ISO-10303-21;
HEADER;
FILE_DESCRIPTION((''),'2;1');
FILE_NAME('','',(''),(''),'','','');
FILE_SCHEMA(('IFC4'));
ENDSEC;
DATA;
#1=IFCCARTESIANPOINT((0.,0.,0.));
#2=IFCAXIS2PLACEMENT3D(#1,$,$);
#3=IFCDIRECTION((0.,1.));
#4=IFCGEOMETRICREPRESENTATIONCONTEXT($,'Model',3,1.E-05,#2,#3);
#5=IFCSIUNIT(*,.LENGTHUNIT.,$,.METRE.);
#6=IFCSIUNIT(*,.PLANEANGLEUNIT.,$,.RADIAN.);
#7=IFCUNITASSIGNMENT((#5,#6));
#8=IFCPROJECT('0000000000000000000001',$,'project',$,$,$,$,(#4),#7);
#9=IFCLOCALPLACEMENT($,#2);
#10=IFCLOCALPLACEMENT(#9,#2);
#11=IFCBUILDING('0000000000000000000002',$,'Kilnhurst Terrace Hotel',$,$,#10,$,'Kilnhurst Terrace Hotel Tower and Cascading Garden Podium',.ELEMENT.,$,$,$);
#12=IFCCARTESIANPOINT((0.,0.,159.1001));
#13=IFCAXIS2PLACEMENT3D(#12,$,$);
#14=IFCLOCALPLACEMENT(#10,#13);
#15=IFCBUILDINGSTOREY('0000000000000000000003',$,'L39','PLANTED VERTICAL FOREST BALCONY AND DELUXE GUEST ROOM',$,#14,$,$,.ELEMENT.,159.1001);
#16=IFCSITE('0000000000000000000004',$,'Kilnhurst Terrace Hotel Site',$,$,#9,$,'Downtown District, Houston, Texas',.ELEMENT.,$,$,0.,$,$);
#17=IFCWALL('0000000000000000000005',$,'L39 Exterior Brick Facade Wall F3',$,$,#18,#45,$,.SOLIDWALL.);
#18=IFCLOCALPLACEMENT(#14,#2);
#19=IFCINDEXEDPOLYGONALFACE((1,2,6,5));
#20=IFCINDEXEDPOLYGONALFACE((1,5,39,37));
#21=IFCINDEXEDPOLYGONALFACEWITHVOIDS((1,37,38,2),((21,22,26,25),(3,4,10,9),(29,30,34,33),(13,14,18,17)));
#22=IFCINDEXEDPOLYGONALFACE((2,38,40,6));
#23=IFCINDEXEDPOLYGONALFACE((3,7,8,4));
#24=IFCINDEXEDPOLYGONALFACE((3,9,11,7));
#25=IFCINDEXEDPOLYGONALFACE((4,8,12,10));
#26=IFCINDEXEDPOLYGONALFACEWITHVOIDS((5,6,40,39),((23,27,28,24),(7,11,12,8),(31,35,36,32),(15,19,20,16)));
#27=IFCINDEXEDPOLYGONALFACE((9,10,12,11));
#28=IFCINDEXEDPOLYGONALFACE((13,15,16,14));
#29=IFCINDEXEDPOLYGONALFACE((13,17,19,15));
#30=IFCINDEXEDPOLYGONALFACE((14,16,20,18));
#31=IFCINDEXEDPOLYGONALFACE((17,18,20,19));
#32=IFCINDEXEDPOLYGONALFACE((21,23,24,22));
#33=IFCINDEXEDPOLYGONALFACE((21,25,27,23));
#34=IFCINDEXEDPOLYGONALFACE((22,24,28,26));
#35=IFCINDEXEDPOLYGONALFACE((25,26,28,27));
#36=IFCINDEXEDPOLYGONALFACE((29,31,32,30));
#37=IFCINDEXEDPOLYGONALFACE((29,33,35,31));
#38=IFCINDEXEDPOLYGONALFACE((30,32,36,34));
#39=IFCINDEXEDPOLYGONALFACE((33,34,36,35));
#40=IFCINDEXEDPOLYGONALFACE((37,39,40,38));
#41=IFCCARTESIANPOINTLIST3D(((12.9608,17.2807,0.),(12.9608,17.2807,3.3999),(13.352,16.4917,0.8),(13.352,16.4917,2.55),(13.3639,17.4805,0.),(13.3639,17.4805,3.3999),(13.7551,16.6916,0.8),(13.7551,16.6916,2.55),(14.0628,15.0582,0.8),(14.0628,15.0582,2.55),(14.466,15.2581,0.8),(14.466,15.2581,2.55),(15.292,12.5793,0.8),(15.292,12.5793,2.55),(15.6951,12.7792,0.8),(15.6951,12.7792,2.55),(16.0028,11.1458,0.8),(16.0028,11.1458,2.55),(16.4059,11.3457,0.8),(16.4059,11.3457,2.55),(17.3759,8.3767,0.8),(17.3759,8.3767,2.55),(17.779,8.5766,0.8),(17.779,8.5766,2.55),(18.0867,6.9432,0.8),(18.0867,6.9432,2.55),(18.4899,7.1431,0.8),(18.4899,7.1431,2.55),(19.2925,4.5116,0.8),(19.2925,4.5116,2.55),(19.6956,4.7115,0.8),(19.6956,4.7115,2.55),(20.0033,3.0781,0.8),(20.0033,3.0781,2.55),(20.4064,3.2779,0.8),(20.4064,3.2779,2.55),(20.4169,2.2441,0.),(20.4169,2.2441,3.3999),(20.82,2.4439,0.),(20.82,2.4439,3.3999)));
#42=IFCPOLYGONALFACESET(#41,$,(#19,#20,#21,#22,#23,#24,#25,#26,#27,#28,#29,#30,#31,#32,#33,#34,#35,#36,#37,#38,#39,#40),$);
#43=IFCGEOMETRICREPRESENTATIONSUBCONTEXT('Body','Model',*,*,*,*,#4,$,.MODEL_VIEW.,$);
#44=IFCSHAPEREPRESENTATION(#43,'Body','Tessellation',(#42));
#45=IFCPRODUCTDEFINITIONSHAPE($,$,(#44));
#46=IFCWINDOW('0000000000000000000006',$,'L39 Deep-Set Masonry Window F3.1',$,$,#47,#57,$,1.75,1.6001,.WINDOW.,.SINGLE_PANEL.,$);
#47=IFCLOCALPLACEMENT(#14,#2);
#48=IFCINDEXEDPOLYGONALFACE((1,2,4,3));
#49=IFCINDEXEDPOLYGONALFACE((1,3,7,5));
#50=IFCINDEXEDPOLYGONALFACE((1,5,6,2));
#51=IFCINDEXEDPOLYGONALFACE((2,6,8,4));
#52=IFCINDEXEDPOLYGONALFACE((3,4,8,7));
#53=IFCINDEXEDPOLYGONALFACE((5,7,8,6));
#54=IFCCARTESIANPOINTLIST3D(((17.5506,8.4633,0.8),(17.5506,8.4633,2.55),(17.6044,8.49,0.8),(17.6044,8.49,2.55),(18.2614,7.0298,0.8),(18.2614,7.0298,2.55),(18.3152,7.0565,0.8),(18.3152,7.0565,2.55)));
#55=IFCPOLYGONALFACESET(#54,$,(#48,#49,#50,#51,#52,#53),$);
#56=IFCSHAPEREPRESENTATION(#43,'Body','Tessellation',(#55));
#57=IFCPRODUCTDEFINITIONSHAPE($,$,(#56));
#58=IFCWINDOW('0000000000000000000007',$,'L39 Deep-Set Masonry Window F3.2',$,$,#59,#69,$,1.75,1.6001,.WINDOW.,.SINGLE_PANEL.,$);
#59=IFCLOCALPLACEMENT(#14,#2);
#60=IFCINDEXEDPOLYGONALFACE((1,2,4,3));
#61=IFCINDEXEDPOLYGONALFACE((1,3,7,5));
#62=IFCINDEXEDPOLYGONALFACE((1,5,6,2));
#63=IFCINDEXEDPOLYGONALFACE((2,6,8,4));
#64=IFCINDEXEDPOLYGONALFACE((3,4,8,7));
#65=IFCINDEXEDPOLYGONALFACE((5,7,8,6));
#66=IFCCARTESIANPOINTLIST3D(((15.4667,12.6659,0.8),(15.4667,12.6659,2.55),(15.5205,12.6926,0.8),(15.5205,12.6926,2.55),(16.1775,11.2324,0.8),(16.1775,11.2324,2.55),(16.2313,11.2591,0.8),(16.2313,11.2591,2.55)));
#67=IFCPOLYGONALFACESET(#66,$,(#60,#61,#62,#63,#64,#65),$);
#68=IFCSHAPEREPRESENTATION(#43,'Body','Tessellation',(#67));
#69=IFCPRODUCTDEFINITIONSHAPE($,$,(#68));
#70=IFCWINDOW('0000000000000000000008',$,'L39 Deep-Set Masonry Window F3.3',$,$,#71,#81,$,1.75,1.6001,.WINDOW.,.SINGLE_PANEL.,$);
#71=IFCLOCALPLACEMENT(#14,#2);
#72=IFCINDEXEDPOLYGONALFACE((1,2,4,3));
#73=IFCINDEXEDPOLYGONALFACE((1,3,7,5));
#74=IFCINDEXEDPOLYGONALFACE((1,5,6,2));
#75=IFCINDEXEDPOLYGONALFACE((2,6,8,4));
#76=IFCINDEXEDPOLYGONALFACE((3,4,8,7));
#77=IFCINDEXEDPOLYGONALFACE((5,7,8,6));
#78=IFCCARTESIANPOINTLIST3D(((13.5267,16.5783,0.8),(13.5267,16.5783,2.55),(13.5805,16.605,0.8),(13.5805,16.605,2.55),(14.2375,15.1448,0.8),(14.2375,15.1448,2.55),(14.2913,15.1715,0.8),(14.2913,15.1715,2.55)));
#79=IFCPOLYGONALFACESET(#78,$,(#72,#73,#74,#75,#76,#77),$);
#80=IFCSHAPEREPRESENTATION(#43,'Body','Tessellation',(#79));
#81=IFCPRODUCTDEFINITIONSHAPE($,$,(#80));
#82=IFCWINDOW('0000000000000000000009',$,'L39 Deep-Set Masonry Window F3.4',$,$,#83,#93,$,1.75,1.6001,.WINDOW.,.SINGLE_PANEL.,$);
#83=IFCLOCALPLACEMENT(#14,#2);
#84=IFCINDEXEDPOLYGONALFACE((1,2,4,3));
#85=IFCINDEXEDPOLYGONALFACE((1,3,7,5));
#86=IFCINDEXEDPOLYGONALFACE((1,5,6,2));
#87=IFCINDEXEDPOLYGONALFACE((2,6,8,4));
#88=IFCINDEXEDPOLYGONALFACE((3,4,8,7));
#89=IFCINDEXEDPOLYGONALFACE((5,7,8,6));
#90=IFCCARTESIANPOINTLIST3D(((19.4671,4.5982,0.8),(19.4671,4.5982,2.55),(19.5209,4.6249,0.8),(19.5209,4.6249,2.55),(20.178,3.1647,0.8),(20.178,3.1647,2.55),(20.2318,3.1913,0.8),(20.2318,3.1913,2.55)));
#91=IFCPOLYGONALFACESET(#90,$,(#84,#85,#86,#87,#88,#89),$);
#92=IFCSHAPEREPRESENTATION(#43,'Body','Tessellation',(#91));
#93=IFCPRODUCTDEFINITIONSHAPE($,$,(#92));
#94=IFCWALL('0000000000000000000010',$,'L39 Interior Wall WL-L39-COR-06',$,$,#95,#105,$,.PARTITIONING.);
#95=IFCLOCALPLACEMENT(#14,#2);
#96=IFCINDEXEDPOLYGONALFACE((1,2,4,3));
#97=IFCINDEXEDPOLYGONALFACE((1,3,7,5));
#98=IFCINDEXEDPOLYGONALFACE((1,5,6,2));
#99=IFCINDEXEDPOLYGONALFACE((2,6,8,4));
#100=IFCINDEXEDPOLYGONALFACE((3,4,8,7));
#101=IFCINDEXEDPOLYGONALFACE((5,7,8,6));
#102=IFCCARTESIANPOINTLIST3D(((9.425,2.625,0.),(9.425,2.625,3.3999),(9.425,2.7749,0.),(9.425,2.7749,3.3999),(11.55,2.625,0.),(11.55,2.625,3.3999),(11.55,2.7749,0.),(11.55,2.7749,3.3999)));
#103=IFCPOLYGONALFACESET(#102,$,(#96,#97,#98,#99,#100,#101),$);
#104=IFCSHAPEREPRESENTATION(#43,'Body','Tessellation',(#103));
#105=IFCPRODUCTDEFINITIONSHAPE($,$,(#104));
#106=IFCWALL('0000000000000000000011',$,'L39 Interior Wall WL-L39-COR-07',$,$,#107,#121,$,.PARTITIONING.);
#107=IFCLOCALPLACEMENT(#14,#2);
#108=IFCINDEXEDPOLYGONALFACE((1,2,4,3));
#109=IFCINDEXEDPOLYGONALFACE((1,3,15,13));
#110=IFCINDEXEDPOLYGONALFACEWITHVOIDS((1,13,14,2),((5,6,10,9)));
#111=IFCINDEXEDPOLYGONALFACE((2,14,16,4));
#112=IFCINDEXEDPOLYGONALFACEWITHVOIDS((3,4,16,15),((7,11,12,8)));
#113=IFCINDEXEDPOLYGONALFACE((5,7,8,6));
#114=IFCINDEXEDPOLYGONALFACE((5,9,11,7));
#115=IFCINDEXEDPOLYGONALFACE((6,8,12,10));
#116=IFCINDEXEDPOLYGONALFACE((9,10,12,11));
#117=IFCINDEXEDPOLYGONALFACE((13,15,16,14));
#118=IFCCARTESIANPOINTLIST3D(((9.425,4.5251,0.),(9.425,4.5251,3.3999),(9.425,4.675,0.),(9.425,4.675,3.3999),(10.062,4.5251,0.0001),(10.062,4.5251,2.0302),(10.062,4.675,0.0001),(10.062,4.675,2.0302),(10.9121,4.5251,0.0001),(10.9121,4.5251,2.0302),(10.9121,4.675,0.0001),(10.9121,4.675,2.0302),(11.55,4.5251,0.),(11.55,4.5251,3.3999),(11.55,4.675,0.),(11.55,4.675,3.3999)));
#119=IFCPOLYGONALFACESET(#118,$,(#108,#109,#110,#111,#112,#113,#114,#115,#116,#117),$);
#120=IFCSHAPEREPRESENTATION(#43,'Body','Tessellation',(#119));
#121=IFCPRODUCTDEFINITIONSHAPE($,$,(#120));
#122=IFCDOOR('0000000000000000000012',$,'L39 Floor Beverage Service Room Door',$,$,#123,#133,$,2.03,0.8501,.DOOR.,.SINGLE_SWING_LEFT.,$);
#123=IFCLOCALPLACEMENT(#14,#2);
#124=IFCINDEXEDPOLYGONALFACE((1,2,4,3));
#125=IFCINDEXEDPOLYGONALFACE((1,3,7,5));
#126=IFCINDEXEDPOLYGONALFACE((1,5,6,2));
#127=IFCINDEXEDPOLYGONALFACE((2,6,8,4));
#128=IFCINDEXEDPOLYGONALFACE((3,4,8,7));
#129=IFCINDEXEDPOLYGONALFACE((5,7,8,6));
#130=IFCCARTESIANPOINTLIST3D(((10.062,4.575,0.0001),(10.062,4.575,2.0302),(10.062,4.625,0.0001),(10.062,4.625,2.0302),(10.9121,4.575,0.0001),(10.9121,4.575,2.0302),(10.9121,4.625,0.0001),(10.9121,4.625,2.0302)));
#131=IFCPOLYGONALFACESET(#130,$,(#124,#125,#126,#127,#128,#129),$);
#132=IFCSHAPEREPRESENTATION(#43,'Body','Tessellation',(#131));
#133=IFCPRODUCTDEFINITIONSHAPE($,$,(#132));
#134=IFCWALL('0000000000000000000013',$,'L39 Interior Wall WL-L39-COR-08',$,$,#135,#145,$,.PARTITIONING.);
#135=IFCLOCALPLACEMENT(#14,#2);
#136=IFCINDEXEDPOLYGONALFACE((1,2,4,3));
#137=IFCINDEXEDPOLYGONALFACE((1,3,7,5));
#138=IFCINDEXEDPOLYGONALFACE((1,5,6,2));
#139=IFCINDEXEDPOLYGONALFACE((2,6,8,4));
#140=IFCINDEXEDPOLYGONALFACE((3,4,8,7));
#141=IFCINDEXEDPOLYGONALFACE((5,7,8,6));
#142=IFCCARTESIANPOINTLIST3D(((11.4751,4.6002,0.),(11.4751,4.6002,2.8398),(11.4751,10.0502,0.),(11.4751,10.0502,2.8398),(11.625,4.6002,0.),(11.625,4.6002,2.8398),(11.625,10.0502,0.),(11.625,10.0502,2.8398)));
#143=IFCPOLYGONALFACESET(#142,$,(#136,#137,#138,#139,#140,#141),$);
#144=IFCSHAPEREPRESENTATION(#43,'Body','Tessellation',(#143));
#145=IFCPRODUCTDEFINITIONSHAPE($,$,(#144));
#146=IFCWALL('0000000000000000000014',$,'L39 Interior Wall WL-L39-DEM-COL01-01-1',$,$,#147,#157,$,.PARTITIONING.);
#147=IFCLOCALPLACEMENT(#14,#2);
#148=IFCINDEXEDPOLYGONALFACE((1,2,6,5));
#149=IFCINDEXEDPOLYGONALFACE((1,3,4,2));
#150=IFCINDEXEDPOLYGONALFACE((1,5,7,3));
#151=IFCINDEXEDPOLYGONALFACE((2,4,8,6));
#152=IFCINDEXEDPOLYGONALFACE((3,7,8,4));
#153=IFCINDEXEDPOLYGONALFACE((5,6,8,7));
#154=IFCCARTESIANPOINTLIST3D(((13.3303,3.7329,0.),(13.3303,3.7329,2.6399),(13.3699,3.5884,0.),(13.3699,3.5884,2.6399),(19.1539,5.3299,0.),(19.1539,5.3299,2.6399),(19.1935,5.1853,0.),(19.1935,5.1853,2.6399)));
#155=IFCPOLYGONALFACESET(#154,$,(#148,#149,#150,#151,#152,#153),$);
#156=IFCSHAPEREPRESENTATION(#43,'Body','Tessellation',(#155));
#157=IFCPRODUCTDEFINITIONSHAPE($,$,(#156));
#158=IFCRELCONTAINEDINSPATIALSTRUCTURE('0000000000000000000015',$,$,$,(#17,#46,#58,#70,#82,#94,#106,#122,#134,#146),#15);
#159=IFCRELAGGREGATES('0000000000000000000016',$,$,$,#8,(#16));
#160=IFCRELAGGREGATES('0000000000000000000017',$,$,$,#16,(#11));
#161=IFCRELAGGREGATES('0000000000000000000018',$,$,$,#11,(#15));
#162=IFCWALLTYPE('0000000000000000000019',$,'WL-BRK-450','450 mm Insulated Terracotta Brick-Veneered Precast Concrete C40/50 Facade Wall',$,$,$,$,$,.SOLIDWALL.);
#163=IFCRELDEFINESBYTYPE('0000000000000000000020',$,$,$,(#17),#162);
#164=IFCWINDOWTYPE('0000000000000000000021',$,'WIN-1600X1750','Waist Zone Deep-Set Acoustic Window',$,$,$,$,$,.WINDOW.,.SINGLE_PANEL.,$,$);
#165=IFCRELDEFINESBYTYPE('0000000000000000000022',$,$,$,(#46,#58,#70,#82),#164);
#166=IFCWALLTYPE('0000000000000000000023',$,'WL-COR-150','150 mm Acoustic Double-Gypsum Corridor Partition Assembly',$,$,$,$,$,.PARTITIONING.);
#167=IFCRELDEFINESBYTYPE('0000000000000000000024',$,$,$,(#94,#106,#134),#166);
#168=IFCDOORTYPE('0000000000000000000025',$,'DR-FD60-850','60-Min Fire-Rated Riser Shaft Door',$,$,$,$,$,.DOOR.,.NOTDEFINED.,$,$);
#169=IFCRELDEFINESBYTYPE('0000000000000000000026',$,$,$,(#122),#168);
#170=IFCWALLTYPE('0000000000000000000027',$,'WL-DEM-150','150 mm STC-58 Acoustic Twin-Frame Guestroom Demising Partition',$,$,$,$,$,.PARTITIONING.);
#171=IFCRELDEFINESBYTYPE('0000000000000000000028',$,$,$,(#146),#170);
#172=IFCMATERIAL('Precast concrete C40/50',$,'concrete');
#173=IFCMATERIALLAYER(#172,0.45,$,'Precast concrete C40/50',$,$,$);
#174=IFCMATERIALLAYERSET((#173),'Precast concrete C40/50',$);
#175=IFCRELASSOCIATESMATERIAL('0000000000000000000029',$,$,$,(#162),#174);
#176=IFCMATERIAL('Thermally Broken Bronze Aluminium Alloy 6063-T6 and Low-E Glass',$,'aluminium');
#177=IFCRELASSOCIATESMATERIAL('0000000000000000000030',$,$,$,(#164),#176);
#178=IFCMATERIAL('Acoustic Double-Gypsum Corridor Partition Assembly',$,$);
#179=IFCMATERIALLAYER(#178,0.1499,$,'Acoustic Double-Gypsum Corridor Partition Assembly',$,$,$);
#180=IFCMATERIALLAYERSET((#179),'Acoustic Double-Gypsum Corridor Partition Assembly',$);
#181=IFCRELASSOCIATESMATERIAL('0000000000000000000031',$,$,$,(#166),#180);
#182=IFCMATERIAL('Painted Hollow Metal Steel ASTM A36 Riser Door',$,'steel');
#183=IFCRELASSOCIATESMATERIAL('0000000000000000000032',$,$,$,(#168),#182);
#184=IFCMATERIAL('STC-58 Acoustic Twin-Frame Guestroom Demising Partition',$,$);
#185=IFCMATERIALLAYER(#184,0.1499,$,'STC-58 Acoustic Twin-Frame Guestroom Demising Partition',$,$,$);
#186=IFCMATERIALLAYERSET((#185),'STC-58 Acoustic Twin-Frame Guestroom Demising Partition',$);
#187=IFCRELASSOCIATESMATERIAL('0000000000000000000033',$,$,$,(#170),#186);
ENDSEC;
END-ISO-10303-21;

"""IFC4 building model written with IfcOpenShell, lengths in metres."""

from ifc_helpers import new_model, si_unit, direction, frame, frame_2d, origin, place, context, subcontext, project, spatial, rectangle, extrude, material, layer, layer_set, type_object, element, fill, save


model = new_model("IFC4")

# Units and contexts
model_context = context("Model", 3, precision=1e-05, world=origin(), true_north=direction((0.0, 1.0)))
body_context = subcontext(model_context, "Body", "Model", "MODEL_VIEW")
ifc_project = project(units=[si_unit("LENGTHUNIT", "METRE"), si_unit("PLANEANGLEUNIT", "RADIAN")], contexts=[model_context])

# Site, building, storey
site_placement = place(None, origin())
site = spatial("IfcSite", under=ifc_project, at=site_placement, Name="Kilnhurst Terrace Hotel Site", LongName="Downtown District, Houston, Texas", CompositionType="ELEMENT", RefElevation=0.0)
building_placement = place(site_placement, origin())
building = spatial("IfcBuilding", under=site, at=building_placement, Name="Kilnhurst Terrace Hotel", LongName="Kilnhurst Terrace Hotel Tower and Cascading Garden Podium", CompositionType="ELEMENT")
storey_placement = place(building_placement, frame((0.0, 0.0, 159.1001)))
storey = spatial("IfcBuildingStorey", under=building, at=storey_placement, Name="L39", Description="PLANTED VERTICAL FOREST BALCONY AND DELUXE GUEST ROOM", CompositionType="ELEMENT", Elevation=159.1001)

# Shared definitions
ifc_material_1 = material(Name="Precast concrete C40/50", Category="concrete")
ifc_layer_1 = layer(ifc_material_1, 0.45, Name="Precast concrete C40/50")
ifc_layer_set_1 = layer_set([ifc_layer_1], Name="Precast concrete C40/50")
wall_type_1 = type_object("IfcWallType", Name="WL-BRK-450", Description="450 mm Insulated Terracotta Brick-Veneered Precast Concrete C40/50 Facade Wall", PredefinedType="SOLIDWALL", material=ifc_layer_set_1)

# Wall, openings, windows
wall_1_placement = place(storey_placement, frame((20.6184, 2.344, 0.0), z_axis=(0.0, 0.0, 1.0), x_axis=(-0.444244, 0.895906, 0.0)))
wall_1 = element("IfcWall", 1, at=wall_1_placement, inside=storey, type_object=wall_type_1, Name="L39 Exterior Brick Facade Wall F3", PredefinedType="SOLIDWALL", context=body_context, shape_type="SweptSolid", body=[
    extrude(rectangle(XDim=16.7837, YDim=0.45, at=frame_2d((8.3918, 0.0))), origin(), (0.0, 0.0, 1.0), 3.3999),
])
opening_1_placement = place(wall_1_placement, frame((5.2451, 0.0, 0.8)))
opening_1 = element("IfcOpeningElement", 2, at=opening_1_placement, cuts=wall_1, PredefinedType="OPENING", context=body_context, shape_type="SweptSolid", body=[
    extrude(rectangle(XDim=1.6001, YDim=1.75, at=frame_2d((0.8, 0.875))), frame((0.0, 0.2349, 0.0), z_axis=(0.0, -1.0, 0.0), x_axis=(1.0, 0.0, 0.0)), (0.0, 0.0, 1.0), 0.47),
])
opening_2_placement = place(wall_1_placement, frame((9.936, 0.0, 0.8)))
opening_2 = element("IfcOpeningElement", 3, at=opening_2_placement, cuts=wall_1, PredefinedType="OPENING", context=body_context, shape_type="SweptSolid", body=[
    extrude(rectangle(XDim=1.6001, YDim=1.75, at=frame_2d((0.8, 0.875))), frame((0.0, 0.2349, 0.0), z_axis=(0.0, -1.0, 0.0), x_axis=(1.0, 0.0, 0.0)), (0.0, 0.0, 1.0), 0.47),
])
opening_3_placement = place(wall_1_placement, frame((14.303, 0.0, 0.8)))
opening_3 = element("IfcOpeningElement", 4, at=opening_3_placement, cuts=wall_1, PredefinedType="OPENING", context=body_context, shape_type="SweptSolid", body=[
    extrude(rectangle(XDim=1.6001, YDim=1.75, at=frame_2d((0.8, 0.875))), frame((0.0, 0.2349, 0.0), z_axis=(0.0, -1.0, 0.0), x_axis=(1.0, 0.0, 0.0)), (0.0, 0.0, 1.0), 0.47),
])
opening_4_placement = place(wall_1_placement, frame((0.9309, 0.0, 0.8)))
opening_4 = element("IfcOpeningElement", 5, at=opening_4_placement, cuts=wall_1, PredefinedType="OPENING", context=body_context, shape_type="SweptSolid", body=[
    extrude(rectangle(XDim=1.6001, YDim=1.75, at=frame_2d((0.8, 0.875))), frame((0.0, 0.2349, 0.0), z_axis=(0.0, -1.0, 0.0), x_axis=(1.0, 0.0, 0.0)), (0.0, 0.0, 1.0), 0.47),
])
ifc_material_2 = material(Name="Thermally Broken Bronze Aluminium Alloy 6063-T6 and Low-E Glass", Category="aluminium")
window_type = type_object("IfcWindowType", Name="WIN-1600X1750", Description="Waist Zone Deep-Set Acoustic Window", PartitioningType="SINGLE_PANEL", PredefinedType="WINDOW", material=ifc_material_2)
window_1_placement = place(opening_1_placement, origin())
window_1 = element("IfcWindow", 6, at=window_1_placement, inside=storey, type_object=window_type, Name="L39 Deep-Set Masonry Window F3.1", OverallHeight=1.75, OverallWidth=1.6001, PartitioningType="SINGLE_PANEL", PredefinedType="WINDOW", context=body_context, shape_type="SweptSolid", body=[
    extrude(rectangle(XDim=1.6001, YDim=1.75, at=frame_2d((0.8, 0.875))), frame((0.0, 0.03, 0.0), z_axis=(0.0, -1.0, 0.0), x_axis=(1.0, 0.0, 0.0)), (0.0, 0.0, 1.0), 0.0601),
])
fill(opening_1, window_1)
window_2_placement = place(opening_2_placement, origin())
window_2 = element("IfcWindow", 7, at=window_2_placement, inside=storey, type_object=window_type, Name="L39 Deep-Set Masonry Window F3.2", OverallHeight=1.75, OverallWidth=1.6001, PartitioningType="SINGLE_PANEL", PredefinedType="WINDOW", context=body_context, shape_type="SweptSolid", body=[
    extrude(rectangle(XDim=1.6001, YDim=1.75, at=frame_2d((0.8, 0.875))), frame((0.0, 0.03, 0.0), z_axis=(0.0, -1.0, 0.0), x_axis=(1.0, 0.0, 0.0)), (0.0, 0.0, 1.0), 0.0601),
])
fill(opening_2, window_2)
window_3_placement = place(opening_3_placement, origin())
window_3 = element("IfcWindow", 8, at=window_3_placement, inside=storey, type_object=window_type, Name="L39 Deep-Set Masonry Window F3.3", OverallHeight=1.75, OverallWidth=1.6001, PartitioningType="SINGLE_PANEL", PredefinedType="WINDOW", context=body_context, shape_type="SweptSolid", body=[
    extrude(rectangle(XDim=1.6001, YDim=1.75, at=frame_2d((0.8, 0.875))), frame((0.0, 0.03, 0.0), z_axis=(0.0, -1.0, 0.0), x_axis=(1.0, 0.0, 0.0)), (0.0, 0.0, 1.0), 0.0601),
])
fill(opening_3, window_3)
window_4_placement = place(opening_4_placement, origin())
window_4 = element("IfcWindow", 9, at=window_4_placement, inside=storey, type_object=window_type, Name="L39 Deep-Set Masonry Window F3.4", OverallHeight=1.75, OverallWidth=1.6001, PartitioningType="SINGLE_PANEL", PredefinedType="WINDOW", context=body_context, shape_type="SweptSolid", body=[
    extrude(rectangle(XDim=1.6001, YDim=1.75, at=frame_2d((0.8, 0.875))), frame((0.0, 0.03, 0.0), z_axis=(0.0, -1.0, 0.0), x_axis=(1.0, 0.0, 0.0)), (0.0, 0.0, 1.0), 0.0601),
])
fill(opening_4, window_4)

# Wall
ifc_material_3 = material(Name="Acoustic Double-Gypsum Corridor Partition Assembly")
ifc_layer_2 = layer(ifc_material_3, 0.1499, Name="Acoustic Double-Gypsum Corridor Partition Assembly")
ifc_layer_set_2 = layer_set([ifc_layer_2], Name="Acoustic Double-Gypsum Corridor Partition Assembly")
wall_type_2 = type_object("IfcWallType", Name="WL-COR-150", Description="150 mm Acoustic Double-Gypsum Corridor Partition Assembly", PredefinedType="PARTITIONING", material=ifc_layer_set_2)
wall_2_placement = place(storey_placement, frame((11.55, 2.7, 0.0), z_axis=(0.0, 0.0, 1.0), x_axis=(-1.0, 0.0, 0.0)))
element("IfcWall", 10, at=wall_2_placement, inside=storey, type_object=wall_type_2, Name="L39 Interior Wall WL-L39-COR-06", PredefinedType="PARTITIONING", context=body_context, shape_type="SweptSolid", body=[
    extrude(rectangle(XDim=2.125, YDim=0.1499, at=frame_2d((1.0625, 0.0))), origin(), (0.0, 0.0, 1.0), 3.3999),
])

# Wall, opening, door
wall_3_placement = place(storey_placement, frame((9.425, 4.6001, 0.0), z_axis=(0.0, 0.0, 1.0), x_axis=(1.0, 0.0, 0.0)))
wall_3 = element("IfcWall", 11, at=wall_3_placement, inside=storey, type_object=wall_type_2, Name="L39 Interior Wall WL-L39-COR-07", PredefinedType="PARTITIONING", context=body_context, shape_type="SweptSolid", body=[
    extrude(rectangle(XDim=2.125, YDim=0.1499, at=frame_2d((1.0625, 0.0))), origin(), (0.0, 0.0, 1.0), 3.3999),
])
opening_5_placement = place(wall_3_placement, frame((0.637, 0.0, 0.0)))
opening_5 = element("IfcOpeningElement", 12, at=opening_5_placement, cuts=wall_3, PredefinedType="OPENING", context=body_context, shape_type="SweptSolid", body=[
    extrude(rectangle(XDim=0.8501, YDim=2.03, at=frame_2d((0.425, 1.0151))), frame((0.0, 0.085, 0.0), z_axis=(0.0, -1.0, 0.0), x_axis=(1.0, 0.0, 0.0)), (0.0, 0.0, 1.0), 0.1699),
])
ifc_material_4 = material(Name="Painted Hollow Metal Steel ASTM A36 Riser Door", Category="steel")
door_type_1 = type_object("IfcDoorType", Name="DR-FD60-850", Description="60-Min Fire-Rated Riser Shaft Door", OperationType="NOTDEFINED", PredefinedType="DOOR", material=ifc_material_4)
door_1_placement = place(opening_5_placement, origin())
door_1 = element("IfcDoor", 13, at=door_1_placement, inside=storey, type_object=door_type_1, Name="L39 Floor Beverage Service Room Door", OperationType="SINGLE_SWING_LEFT", OverallHeight=2.03, OverallWidth=0.8501, PredefinedType="DOOR", context=body_context, shape_type="SweptSolid", body=[
    extrude(rectangle(XDim=0.8501, YDim=2.03, at=frame_2d((0.425, 1.0151))), frame((0.0, 0.0249, 0.0), z_axis=(0.0, -1.0, 0.0), x_axis=(1.0, 0.0, 0.0)), (0.0, 0.0, 1.0), 0.05),
])
fill(opening_5, door_1)

# Walls
wall_4_placement = place(storey_placement, frame((11.55, 4.6001, 0.0), z_axis=(0.0, 0.0, 1.0), x_axis=(0.0, 1.0, 0.0)))
element("IfcWall", 14, at=wall_4_placement, inside=storey, type_object=wall_type_2, Name="L39 Interior Wall WL-L39-COR-08", PredefinedType="PARTITIONING", context=body_context, shape_type="SweptSolid", body=[
    extrude(rectangle(XDim=5.45, YDim=0.1499, at=frame_2d((2.7251, 0.0))), origin(), (0.0, 0.0, 1.0), 2.8398),
])
ifc_material_5 = material(Name="STC-58 Acoustic Twin-Frame Guestroom Demising Partition")
ifc_layer_3 = layer(ifc_material_5, 0.1499, Name="STC-58 Acoustic Twin-Frame Guestroom Demising Partition")
ifc_layer_set_3 = layer_set([ifc_layer_3], Name="STC-58 Acoustic Twin-Frame Guestroom Demising Partition")
wall_type_3 = type_object("IfcWallType", Name="WL-DEM-150", Description="150 mm STC-58 Acoustic Twin-Frame Guestroom Demising Partition", PredefinedType="PARTITIONING", material=ifc_layer_set_3)
wall_5_placement = place(storey_placement, frame((13.3501, 3.6606, 0.0), z_axis=(0.0, 0.0, 1.0), x_axis=(0.964397, 0.264458, 0.0)))
element("IfcWall", 15, at=wall_5_placement, inside=storey, type_object=wall_type_3, Name="L39 Interior Wall WL-L39-DEM-COL01-01-1", PredefinedType="PARTITIONING", context=body_context, shape_type="SweptSolid", body=[
    extrude(rectangle(XDim=6.0386, YDim=0.1499, at=frame_2d((3.0193, 0.0))), origin(), (0.0, 0.0, 1.0), 2.6399),
])

save(model, "model.ifc")
